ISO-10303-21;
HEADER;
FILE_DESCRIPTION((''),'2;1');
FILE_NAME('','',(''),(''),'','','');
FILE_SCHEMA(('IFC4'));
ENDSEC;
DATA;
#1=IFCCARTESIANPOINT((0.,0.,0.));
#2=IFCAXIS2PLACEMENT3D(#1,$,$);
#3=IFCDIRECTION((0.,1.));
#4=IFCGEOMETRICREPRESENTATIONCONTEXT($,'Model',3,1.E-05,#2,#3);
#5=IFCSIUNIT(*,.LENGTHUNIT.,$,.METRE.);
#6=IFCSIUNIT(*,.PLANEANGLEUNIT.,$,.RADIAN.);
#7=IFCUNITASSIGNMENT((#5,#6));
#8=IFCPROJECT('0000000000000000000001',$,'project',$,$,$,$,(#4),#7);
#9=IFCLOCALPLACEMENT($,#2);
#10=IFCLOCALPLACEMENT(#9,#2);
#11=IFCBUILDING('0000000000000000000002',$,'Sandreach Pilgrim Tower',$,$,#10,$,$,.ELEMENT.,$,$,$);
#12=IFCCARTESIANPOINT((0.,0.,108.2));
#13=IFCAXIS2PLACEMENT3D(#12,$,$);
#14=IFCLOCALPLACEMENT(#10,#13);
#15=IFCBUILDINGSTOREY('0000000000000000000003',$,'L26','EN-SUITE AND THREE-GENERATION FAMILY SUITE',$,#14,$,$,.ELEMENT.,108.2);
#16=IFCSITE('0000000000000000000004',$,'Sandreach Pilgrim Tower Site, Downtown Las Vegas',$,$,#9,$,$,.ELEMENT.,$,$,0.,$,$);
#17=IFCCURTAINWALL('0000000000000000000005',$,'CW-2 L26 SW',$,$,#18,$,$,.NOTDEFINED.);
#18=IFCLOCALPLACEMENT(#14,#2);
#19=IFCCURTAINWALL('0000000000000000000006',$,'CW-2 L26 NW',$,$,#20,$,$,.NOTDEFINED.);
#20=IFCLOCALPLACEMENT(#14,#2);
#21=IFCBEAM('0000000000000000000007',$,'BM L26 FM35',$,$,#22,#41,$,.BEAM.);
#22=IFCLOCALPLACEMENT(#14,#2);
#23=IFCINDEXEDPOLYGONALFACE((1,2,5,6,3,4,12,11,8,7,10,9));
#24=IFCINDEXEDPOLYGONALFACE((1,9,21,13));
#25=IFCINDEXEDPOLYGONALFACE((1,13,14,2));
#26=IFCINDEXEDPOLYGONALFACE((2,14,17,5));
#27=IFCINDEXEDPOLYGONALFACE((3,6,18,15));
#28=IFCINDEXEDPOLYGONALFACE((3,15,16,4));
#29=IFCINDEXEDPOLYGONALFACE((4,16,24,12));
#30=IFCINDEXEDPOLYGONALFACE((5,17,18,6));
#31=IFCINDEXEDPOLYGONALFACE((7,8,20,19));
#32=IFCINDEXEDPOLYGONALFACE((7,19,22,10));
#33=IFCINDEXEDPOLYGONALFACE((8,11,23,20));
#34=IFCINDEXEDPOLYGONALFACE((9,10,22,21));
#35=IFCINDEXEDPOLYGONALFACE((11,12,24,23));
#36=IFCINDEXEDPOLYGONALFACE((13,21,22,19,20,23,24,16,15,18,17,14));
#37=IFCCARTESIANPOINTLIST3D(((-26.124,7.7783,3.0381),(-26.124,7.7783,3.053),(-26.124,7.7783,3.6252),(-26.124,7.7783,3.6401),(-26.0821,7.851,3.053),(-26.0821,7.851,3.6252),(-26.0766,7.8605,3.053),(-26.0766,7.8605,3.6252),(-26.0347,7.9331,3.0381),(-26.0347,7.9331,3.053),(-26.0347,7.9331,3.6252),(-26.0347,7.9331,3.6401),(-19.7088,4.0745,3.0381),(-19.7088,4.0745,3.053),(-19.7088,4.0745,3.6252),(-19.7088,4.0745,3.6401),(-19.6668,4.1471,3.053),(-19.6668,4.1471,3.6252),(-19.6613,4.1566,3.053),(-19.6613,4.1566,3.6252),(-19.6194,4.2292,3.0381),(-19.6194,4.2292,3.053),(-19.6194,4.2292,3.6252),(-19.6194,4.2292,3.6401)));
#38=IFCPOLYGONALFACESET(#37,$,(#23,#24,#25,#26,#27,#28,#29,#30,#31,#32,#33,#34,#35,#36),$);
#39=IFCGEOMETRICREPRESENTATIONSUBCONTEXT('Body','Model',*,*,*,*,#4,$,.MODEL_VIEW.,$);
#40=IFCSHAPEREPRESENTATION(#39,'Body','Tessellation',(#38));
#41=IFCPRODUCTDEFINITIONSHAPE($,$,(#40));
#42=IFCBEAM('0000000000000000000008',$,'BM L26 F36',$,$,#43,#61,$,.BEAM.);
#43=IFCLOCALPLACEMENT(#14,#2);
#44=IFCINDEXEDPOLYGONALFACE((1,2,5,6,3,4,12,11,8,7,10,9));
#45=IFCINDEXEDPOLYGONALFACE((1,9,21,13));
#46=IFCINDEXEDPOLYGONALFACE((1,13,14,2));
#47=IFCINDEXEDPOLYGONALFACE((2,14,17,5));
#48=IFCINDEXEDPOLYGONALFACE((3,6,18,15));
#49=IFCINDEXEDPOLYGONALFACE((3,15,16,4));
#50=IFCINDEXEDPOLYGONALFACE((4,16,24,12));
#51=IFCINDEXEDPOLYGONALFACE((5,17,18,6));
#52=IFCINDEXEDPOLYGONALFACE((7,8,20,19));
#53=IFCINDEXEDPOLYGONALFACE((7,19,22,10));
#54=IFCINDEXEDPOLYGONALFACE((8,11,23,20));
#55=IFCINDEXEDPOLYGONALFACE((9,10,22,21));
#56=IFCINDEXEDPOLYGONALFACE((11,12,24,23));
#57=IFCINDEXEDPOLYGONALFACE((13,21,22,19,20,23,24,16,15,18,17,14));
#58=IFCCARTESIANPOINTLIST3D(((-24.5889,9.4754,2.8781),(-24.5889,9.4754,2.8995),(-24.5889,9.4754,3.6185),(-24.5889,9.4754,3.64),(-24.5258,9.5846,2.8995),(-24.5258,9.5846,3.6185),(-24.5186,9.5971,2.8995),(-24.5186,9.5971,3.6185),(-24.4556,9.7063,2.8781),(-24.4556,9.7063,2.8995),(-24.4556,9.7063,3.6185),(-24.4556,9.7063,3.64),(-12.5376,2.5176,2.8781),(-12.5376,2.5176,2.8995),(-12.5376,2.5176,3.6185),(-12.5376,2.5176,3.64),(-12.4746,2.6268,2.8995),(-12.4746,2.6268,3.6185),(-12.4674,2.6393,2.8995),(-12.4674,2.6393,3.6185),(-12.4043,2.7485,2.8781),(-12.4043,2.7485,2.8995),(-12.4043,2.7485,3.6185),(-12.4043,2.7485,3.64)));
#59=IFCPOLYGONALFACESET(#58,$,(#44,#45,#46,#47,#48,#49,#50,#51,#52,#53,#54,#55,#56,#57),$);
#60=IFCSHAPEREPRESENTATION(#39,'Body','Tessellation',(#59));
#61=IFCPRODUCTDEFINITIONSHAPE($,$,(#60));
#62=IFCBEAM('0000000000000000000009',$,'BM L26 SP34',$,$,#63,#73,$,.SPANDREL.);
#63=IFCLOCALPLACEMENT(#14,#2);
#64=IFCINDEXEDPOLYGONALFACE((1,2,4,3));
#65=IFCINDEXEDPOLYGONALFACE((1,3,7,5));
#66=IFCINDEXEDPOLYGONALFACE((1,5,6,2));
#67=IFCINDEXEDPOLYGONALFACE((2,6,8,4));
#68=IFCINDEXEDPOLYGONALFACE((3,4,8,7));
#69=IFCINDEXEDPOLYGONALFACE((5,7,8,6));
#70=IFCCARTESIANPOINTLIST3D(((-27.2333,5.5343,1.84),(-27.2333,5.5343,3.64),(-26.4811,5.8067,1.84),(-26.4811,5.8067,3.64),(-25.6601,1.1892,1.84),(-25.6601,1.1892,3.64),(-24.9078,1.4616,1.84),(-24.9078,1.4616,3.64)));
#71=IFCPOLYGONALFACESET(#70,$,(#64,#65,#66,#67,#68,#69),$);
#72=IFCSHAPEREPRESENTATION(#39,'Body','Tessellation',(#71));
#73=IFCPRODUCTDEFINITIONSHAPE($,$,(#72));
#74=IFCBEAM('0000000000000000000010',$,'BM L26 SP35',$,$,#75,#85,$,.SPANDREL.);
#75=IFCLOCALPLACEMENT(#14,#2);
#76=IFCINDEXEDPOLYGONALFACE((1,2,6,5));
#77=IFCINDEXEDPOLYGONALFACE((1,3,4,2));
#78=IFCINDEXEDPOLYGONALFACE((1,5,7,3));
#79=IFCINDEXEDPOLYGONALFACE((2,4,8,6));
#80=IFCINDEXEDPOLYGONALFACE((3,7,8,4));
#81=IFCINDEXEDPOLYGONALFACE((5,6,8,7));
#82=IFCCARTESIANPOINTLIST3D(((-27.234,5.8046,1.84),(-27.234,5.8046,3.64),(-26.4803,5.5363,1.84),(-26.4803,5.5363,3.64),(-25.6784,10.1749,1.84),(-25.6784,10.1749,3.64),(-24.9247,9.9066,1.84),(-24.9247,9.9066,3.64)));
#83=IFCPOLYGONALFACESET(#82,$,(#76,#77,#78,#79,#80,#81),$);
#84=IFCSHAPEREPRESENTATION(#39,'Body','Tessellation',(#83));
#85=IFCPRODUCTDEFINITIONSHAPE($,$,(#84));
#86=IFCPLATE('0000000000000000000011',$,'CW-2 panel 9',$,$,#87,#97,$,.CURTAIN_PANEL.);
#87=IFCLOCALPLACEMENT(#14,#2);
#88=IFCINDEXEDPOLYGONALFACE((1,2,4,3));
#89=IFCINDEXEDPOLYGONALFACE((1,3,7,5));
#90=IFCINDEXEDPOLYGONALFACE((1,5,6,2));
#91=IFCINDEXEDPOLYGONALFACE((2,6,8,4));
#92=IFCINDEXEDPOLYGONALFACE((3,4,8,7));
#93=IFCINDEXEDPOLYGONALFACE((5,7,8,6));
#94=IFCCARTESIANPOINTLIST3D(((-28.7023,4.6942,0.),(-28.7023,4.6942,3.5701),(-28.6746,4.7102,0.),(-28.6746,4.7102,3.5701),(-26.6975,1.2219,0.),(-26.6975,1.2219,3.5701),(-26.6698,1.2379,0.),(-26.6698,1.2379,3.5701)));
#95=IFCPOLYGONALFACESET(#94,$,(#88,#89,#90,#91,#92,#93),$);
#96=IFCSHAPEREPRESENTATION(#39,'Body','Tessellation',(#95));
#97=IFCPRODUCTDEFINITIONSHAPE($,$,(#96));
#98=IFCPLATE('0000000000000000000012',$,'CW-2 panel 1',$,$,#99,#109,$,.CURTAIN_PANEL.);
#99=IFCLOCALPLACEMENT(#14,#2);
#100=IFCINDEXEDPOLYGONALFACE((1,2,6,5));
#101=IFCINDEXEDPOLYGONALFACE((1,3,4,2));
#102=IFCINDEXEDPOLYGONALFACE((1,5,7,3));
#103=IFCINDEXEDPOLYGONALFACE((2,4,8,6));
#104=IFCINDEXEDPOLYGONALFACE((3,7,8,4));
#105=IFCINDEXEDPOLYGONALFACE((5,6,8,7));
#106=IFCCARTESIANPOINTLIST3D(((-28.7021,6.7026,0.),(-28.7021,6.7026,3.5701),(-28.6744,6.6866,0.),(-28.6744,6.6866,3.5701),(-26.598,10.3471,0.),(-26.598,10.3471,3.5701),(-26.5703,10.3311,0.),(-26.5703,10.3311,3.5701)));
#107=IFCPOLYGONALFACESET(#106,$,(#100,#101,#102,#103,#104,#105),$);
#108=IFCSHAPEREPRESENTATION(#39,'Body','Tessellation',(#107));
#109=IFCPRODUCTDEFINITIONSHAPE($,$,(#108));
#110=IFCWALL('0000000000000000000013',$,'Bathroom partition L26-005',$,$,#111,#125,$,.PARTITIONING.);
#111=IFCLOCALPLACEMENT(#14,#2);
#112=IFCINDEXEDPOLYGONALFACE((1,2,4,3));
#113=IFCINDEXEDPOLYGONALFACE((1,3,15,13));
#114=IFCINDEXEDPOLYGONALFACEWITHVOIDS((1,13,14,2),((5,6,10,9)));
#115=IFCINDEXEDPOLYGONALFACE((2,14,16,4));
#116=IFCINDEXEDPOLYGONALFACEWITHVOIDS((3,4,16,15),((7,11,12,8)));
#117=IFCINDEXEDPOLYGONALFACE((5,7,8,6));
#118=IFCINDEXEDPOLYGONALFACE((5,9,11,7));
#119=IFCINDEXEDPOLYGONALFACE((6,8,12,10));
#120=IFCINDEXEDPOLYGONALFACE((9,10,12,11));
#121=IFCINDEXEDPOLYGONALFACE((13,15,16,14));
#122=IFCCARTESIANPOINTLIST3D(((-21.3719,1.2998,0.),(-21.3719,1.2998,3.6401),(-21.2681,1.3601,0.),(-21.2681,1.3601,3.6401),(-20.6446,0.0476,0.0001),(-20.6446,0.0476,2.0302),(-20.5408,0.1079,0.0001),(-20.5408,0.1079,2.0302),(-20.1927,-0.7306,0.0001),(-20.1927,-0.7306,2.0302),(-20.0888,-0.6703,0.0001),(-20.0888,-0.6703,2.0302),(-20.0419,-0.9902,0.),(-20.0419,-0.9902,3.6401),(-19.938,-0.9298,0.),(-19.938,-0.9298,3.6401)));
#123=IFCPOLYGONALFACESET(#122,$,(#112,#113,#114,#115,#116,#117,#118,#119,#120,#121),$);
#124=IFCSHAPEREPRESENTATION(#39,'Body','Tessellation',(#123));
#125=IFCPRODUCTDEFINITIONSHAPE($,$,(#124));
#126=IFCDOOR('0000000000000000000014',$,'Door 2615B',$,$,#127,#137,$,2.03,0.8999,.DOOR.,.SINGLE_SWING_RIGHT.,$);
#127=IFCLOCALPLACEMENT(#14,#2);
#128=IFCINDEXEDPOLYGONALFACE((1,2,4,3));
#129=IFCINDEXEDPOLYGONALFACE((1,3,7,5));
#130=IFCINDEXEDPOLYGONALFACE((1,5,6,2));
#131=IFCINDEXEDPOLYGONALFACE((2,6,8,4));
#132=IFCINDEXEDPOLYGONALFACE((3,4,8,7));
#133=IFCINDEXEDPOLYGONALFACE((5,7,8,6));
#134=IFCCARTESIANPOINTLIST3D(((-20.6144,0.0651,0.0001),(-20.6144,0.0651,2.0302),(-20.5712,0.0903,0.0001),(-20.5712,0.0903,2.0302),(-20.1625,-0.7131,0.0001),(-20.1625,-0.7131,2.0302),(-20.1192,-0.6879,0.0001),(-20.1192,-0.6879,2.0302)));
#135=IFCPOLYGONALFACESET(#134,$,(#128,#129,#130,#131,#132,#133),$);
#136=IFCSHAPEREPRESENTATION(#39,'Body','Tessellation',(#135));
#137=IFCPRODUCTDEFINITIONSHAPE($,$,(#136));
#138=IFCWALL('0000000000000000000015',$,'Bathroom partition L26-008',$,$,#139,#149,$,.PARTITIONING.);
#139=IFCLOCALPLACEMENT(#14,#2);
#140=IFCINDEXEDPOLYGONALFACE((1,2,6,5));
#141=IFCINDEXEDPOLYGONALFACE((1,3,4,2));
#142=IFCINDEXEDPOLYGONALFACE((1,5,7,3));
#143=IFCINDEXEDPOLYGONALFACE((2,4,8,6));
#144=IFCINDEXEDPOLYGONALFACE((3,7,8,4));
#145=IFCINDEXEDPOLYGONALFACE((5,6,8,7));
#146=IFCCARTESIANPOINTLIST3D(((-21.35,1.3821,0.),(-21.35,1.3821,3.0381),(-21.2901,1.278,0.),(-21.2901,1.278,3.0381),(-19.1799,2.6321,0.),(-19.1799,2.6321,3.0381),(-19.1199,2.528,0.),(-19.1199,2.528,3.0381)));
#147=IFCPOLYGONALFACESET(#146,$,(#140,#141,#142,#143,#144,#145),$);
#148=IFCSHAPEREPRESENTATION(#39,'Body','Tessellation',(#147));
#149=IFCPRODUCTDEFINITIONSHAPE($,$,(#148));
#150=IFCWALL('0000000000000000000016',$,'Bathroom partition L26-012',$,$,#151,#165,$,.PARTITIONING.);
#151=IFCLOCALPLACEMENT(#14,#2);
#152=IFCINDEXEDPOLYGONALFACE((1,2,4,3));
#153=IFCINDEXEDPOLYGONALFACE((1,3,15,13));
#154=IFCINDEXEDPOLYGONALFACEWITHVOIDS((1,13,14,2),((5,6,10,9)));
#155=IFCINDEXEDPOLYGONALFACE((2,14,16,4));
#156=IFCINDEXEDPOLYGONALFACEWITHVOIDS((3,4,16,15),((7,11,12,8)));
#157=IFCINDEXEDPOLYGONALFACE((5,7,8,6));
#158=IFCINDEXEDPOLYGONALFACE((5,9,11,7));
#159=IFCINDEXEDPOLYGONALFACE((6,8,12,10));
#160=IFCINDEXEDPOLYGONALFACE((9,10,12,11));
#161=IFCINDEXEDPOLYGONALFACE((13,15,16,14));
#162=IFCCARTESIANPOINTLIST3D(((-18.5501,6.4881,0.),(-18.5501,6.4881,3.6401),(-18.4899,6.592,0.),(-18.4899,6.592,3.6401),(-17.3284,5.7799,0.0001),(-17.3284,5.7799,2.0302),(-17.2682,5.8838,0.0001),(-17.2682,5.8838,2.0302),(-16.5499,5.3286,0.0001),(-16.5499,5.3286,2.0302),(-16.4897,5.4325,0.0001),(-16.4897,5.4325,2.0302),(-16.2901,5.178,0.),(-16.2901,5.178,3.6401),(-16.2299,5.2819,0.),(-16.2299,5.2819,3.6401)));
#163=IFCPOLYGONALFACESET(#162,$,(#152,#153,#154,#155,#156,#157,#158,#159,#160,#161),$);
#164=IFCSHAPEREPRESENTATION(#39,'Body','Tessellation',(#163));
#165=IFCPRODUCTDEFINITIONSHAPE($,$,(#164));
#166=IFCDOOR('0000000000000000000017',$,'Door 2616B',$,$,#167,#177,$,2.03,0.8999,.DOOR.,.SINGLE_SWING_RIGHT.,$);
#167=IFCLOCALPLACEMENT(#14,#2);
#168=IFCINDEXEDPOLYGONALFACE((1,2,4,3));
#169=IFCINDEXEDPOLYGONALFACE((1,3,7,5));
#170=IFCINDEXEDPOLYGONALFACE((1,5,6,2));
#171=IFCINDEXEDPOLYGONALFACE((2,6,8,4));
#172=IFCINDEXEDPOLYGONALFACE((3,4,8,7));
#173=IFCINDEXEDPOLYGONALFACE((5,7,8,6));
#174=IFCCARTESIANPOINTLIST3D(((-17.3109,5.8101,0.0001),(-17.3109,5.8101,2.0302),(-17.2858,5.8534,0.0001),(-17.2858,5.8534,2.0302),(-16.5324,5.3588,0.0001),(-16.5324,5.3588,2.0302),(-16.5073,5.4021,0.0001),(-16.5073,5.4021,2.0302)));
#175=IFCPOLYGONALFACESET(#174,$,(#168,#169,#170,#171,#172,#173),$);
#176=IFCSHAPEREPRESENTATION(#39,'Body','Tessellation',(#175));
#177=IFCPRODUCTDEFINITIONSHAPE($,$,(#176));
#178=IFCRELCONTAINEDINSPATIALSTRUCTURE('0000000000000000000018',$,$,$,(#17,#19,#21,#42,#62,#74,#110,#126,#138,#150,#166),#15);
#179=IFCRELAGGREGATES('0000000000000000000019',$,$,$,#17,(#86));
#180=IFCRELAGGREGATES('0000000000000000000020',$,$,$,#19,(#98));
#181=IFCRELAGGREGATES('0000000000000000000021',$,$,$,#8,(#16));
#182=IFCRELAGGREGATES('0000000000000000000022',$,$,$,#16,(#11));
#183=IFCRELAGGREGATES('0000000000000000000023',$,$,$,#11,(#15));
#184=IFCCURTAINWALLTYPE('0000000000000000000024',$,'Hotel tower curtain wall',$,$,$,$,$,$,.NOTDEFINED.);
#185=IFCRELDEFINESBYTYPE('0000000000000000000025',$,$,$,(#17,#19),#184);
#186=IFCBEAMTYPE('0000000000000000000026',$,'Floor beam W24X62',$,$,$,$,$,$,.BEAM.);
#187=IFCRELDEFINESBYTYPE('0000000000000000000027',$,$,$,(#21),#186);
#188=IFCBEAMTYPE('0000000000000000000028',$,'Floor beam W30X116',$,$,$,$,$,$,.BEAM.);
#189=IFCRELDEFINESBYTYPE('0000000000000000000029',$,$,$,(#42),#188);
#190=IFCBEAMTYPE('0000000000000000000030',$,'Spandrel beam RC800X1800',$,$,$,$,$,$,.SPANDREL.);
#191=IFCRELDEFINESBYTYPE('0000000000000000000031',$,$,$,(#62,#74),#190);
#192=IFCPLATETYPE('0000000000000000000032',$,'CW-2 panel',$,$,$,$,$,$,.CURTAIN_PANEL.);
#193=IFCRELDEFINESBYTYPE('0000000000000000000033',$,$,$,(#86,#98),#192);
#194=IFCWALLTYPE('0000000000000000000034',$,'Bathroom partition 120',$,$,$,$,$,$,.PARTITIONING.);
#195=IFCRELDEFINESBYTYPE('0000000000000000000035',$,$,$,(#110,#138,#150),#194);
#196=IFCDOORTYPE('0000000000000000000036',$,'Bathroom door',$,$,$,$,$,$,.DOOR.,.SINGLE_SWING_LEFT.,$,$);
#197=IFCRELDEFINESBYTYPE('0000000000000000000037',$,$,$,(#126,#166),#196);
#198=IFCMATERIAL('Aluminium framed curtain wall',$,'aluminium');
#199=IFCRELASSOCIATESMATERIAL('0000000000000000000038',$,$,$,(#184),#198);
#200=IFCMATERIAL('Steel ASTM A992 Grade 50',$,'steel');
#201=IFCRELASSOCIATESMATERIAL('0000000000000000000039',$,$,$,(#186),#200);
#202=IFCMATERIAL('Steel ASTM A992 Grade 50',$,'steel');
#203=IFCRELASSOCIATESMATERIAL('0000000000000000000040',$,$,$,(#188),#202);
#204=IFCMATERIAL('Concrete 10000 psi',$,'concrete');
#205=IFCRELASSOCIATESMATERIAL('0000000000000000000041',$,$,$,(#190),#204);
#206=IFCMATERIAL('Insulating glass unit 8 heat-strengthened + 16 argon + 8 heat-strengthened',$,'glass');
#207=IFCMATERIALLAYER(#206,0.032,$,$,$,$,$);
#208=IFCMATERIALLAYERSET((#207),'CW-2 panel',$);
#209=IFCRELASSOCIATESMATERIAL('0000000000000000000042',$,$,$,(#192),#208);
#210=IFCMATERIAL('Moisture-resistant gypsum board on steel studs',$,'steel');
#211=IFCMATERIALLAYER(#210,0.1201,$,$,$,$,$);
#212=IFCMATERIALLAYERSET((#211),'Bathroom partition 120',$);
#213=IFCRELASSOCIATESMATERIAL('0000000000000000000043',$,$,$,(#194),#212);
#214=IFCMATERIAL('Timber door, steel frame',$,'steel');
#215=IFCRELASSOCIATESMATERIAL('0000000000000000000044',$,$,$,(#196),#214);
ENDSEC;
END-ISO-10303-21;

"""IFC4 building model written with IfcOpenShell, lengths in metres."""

from ifc_helpers import new_model, si_unit, direction, frame, frame_2d, origin, origin_2d, place, context, subcontext, project, spatial, rectangle, i_section, extrude, material, layer, layer_set, material_profile, profile_set, type_object, element, fill, aggregate, save


model = new_model("IFC4")

# Units and contexts
model_context = context("Model", 3, precision=1e-05, world=origin(), true_north=direction((0.0, 1.0)))
body_context = subcontext(model_context, "Body", "Model", "MODEL_VIEW")
ifc_project = project(units=[si_unit("LENGTHUNIT", "METRE"), si_unit("PLANEANGLEUNIT", "RADIAN")], contexts=[model_context])

# Site, building, storey
site_placement = place(None, origin())
site = spatial("IfcSite", under=ifc_project, at=site_placement, Name="Sandreach Pilgrim Tower Site, Downtown Las Vegas", CompositionType="ELEMENT", RefElevation=0.0)
building_placement = place(site_placement, origin())
building = spatial("IfcBuilding", under=site, at=building_placement, Name="Sandreach Pilgrim Tower", CompositionType="ELEMENT")
storey_placement = place(building_placement, frame((0.0, 0.0, 108.2)))
storey = spatial("IfcBuildingStorey", under=building, at=storey_placement, Name="L26", Description="EN-SUITE AND THREE-GENERATION FAMILY SUITE", CompositionType="ELEMENT", Elevation=108.2)

# Curtain wall
ifc_material_1 = material(Name="Aluminium framed curtain wall", Category="aluminium")
curtain_wall_type = type_object("IfcCurtainWallType", Name="Hotel tower curtain wall", PredefinedType="NOTDEFINED", material=ifc_material_1)
curtain_wall_1_placement = place(storey_placement, origin())
curtain_wall_1 = element("IfcCurtainWall", 1, at=curtain_wall_1_placement, inside=storey, type_object=curtain_wall_type, Name="CW-2 L26 SW", PredefinedType="NOTDEFINED")

# Curtain wall
curtain_wall_2_placement = place(storey_placement, origin())
curtain_wall_2 = element("IfcCurtainWall", 2, at=curtain_wall_2_placement, inside=storey, type_object=curtain_wall_type, Name="CW-2 L26 NW", PredefinedType="NOTDEFINED")

# Beams
ifc_material_2 = material(Name="Steel ASTM A992 Grade 50", Category="steel")
ifc_material_profile_1 = material_profile(ifc_material_2, i_section(OverallWidth=0.1787, OverallDepth=0.6021, WebThickness=0.011, FlangeThickness=0.0149, at=origin_2d()), Name="W24X62")
ifc_profile_set_1 = profile_set([ifc_material_profile_1], Name="Steel ASTM A992 Grade 50")
beam_type_1 = type_object("IfcBeamType", Name="Floor beam W24X62", PredefinedType="BEAM", material=ifc_profile_set_1)
beam_1_placement = place(storey_placement, frame((-26.0793, 7.8557, 3.3391), z_axis=(0.866026, -0.499999, 0.0), x_axis=(0.499999, 0.866026, 0.0)))
element("IfcBeam", 3, at=beam_1_placement, inside=storey, type_object=beam_type_1, Name="BM L26 FM35", PredefinedType="BEAM", context=body_context, shape_type="SweptSolid", body=[
    extrude(i_section(OverallWidth=0.1787, OverallDepth=0.6021, WebThickness=0.011, FlangeThickness=0.0149, at=origin_2d()), origin(), (0.0, 0.0, 1.0), 7.4077),
])
ifc_material_3 = material(Name="Steel ASTM A992 Grade 50", Category="steel")
ifc_material_profile_2 = material_profile(ifc_material_3, i_section(OverallWidth=0.2666, OverallDepth=0.762, WebThickness=0.0144, FlangeThickness=0.0215, at=origin_2d()), Name="W30X116")
ifc_profile_set_2 = profile_set([ifc_material_profile_2], Name="Steel ASTM A992 Grade 50")
beam_type_2 = type_object("IfcBeamType", Name="Floor beam W30X116", PredefinedType="BEAM", material=ifc_profile_set_2)
beam_2_placement = place(storey_placement, frame((-24.5222, 9.5908, 3.259), z_axis=(0.866027, -0.499998, 0.0), x_axis=(0.499998, 0.866027, 0.0)))
element("IfcBeam", 4, at=beam_2_placement, inside=storey, type_object=beam_type_2, Name="BM L26 F36", PredefinedType="BEAM", context=body_context, shape_type="SweptSolid", body=[
    extrude(i_section(OverallWidth=0.2666, OverallDepth=0.762, WebThickness=0.0144, FlangeThickness=0.0215, at=origin_2d()), origin(), (0.0, 0.0, 1.0), 13.9155),
])
ifc_material_4 = material(Name="Concrete 10000 psi", Category="concrete")
ifc_material_profile_3 = material_profile(ifc_material_4, rectangle(XDim=0.8, YDim=1.8, at=origin_2d()), Name="RC800X1800")
ifc_profile_set_3 = profile_set([ifc_material_profile_3], Name="Concrete 10000 psi")
beam_type_3 = type_object("IfcBeamType", Name="Spandrel beam RC800X1800", PredefinedType="SPANDREL", material=ifc_profile_set_3)
beam_3_placement = place(storey_placement, frame((-25.2839, 1.3254, 2.74), z_axis=(-0.340453, 0.940261, 0.0), x_axis=(-0.940261, -0.340453, 0.0)))
element("IfcBeam", 5, at=beam_3_placement, inside=storey, type_object=beam_type_3, Name="BM L26 SP34", PredefinedType="SPANDREL", context=body_context, shape_type="SweptSolid", body=[
    extrude(rectangle(XDim=0.8, YDim=1.8, at=origin_2d()), origin(), (0.0, 0.0, 1.0), 4.6211),
])
beam_4_placement = place(storey_placement, frame((-26.8572, 5.6704, 2.74), z_axis=(0.335346, 0.942095, 0.0), x_axis=(-0.942095, 0.335346, 0.0)))
element("IfcBeam", 6, at=beam_4_placement, inside=storey, type_object=beam_type_3, Name="BM L26 SP35", PredefinedType="SPANDREL", context=body_context, shape_type="SweptSolid", body=[
    extrude(rectangle(XDim=0.8, YDim=1.8, at=origin_2d()), origin(), (0.0, 0.0, 1.0), 4.6389),
])

# Plates
ifc_material_5 = material(Name="Insulating glass unit 8 heat-strengthened + 16 argon + 8 heat-strengthened", Category="glass")
ifc_layer_1 = layer(ifc_material_5, 0.032)
ifc_layer_set_1 = layer_set([ifc_layer_1], Name="CW-2 panel")
plate_type = type_object("IfcPlateType", Name="CW-2 panel", PredefinedType="CURTAIN_PANEL", material=ifc_layer_set_1)
plate_1_placement = place(storey_placement, frame((-27.686, 2.9661, 0.0), z_axis=(0.0, 0.0, 1.0), x_axis=(-0.5, 0.866025, 0.0)))
plate_1 = element("IfcPlate", 7, at=plate_1_placement, type_object=plate_type, Name="CW-2 panel 9", PredefinedType="CURTAIN_PANEL", context=body_context, shape_type="SweptSolid", body=[
    extrude(rectangle(XDim=4.0095, YDim=0.032, at=origin_2d()), origin(), (0.0, 0.0, 1.0), 3.5701),
])
aggregate(curtain_wall_1, [plate_1])
plate_2_placement = place(storey_placement, frame((-27.6362, 8.5168, 0.0), z_axis=(0.0, 0.0, 1.0), x_axis=(0.5, 0.866025, 0.0)))
plate_2 = element("IfcPlate", 8, at=plate_2_placement, type_object=plate_type, Name="CW-2 panel 1", PredefinedType="CURTAIN_PANEL", context=body_context, shape_type="SweptSolid", body=[
    extrude(rectangle(XDim=4.2083, YDim=0.032, at=origin_2d()), origin(), (0.0, 0.0, 1.0), 3.5701),
])
aggregate(curtain_wall_2, [plate_2])

# Wall, opening, door
ifc_material_6 = material(Name="Moisture-resistant gypsum board on steel studs", Category="steel")
ifc_layer_2 = layer(ifc_material_6, 0.1201)
ifc_layer_set_2 = layer_set([ifc_layer_2], Name="Bathroom partition 120")
wall_type_1 = type_object("IfcWallType", Name="Bathroom partition 120", PredefinedType="PARTITIONING", material=ifc_layer_set_2)
wall_1_placement = place(storey_placement, frame((-21.3201, 1.3301, 0.0), z_axis=(0.0, 0.0, 1.0), x_axis=(0.502242, -0.864727, 0.0)))
wall_1 = element("IfcWall", 9, at=wall_1_placement, inside=storey, type_object=wall_type_1, Name="Bathroom partition L26-005", PredefinedType="PARTITIONING", context=body_context, shape_type="SweptSolid", body=[
    extrude(rectangle(XDim=2.6482, YDim=0.1201, at=frame_2d((1.3242, 0.0))), origin(), (0.0, 0.0, 1.0), 3.6401),
])
opening_1_placement = place(wall_1_placement, frame((1.4482, 0.0, 0.0)))
opening_1 = element("IfcOpeningElement", 10, at=opening_1_placement, cuts=wall_1, PredefinedType="OPENING", context=body_context, shape_type="SweptSolid", body=[
    extrude(rectangle(XDim=0.8999, YDim=2.03, at=frame_2d((0.45, 1.0151))), frame((0.0, 0.0601, 0.0), z_axis=(0.0, -1.0, 0.0), x_axis=(1.0, 0.0, 0.0)), (0.0, 0.0, 1.0), 0.1201),
])
ifc_material_7 = material(Name="Timber door, steel frame", Category="steel")
door_type_1 = type_object("IfcDoorType", Name="Bathroom door", OperationType="SINGLE_SWING_LEFT", PredefinedType="DOOR", material=ifc_material_7)
door_1_placement = place(opening_1_placement, origin())
door_1 = element("IfcDoor", 11, at=door_1_placement, inside=storey, type_object=door_type_1, Name="Door 2615B", OperationType="SINGLE_SWING_RIGHT", OverallHeight=2.03, OverallWidth=0.8999, PredefinedType="DOOR", context=body_context, shape_type="SweptSolid", body=[
    extrude(rectangle(XDim=0.8999, YDim=2.03, at=frame_2d((0.45, 1.0151))), frame((0.0, 0.0249, 0.0), z_axis=(0.0, -1.0, 0.0), x_axis=(1.0, 0.0, 0.0)), (0.0, 0.0, 1.0), 0.05),
])
fill(opening_1, door_1)

# Wall
wall_2_placement = place(storey_placement, frame((-19.1499, 2.5801, 0.0), z_axis=(0.0, 0.0, 1.0), x_axis=(-0.866534, -0.499118, 0.0)))
element("IfcWall", 12, at=wall_2_placement, inside=storey, type_object=wall_type_1, Name="Bathroom partition L26-008", PredefinedType="PARTITIONING", context=body_context, shape_type="SweptSolid", body=[
    extrude(rectangle(XDim=2.5044, YDim=0.1201, at=frame_2d((1.2522, 0.0))), origin(), (0.0, 0.0, 1.0), 3.0381),
])

# Wall, opening, door
wall_3_placement = place(storey_placement, frame((-18.52, 6.54, 0.0), z_axis=(0.0, 0.0, 1.0), x_axis=(0.865155, -0.501504, 0.0)))
wall_3 = element("IfcWall", 13, at=wall_3_placement, inside=storey, type_object=wall_type_1, Name="Bathroom partition L26-012", PredefinedType="PARTITIONING", context=body_context, shape_type="SweptSolid", body=[
    extrude(rectangle(XDim=2.6123, YDim=0.1201, at=frame_2d((1.3062, 0.0))), origin(), (0.0, 0.0, 1.0), 3.6401),
])
opening_2_placement = place(wall_3_placement, frame((1.4121, 0.0, 0.0)))
opening_2 = element("IfcOpeningElement", 14, at=opening_2_placement, cuts=wall_3, PredefinedType="OPENING", context=body_context, shape_type="SweptSolid", body=[
    extrude(rectangle(XDim=0.8999, YDim=2.03, at=frame_2d((0.45, 1.0151))), frame((0.0, 0.0601, 0.0), z_axis=(0.0, -1.0, 0.0), x_axis=(1.0, 0.0, 0.0)), (0.0, 0.0, 1.0), 0.1201),
])
door_2_placement = place(opening_2_placement, origin())
door_2 = element("IfcDoor", 15, at=door_2_placement, inside=storey, type_object=door_type_1, Name="Door 2616B", OperationType="SINGLE_SWING_RIGHT", OverallHeight=2.03, OverallWidth=0.8999, PredefinedType="DOOR", context=body_context, shape_type="SweptSolid", body=[
    extrude(rectangle(XDim=0.8999, YDim=2.03, at=frame_2d((0.45, 1.0151))), frame((0.0, 0.0249, 0.0), z_axis=(0.0, -1.0, 0.0), x_axis=(1.0, 0.0, 0.0)), (0.0, 0.0, 1.0), 0.05),
])
fill(opening_2, door_2)

save(model, "model.ifc")
